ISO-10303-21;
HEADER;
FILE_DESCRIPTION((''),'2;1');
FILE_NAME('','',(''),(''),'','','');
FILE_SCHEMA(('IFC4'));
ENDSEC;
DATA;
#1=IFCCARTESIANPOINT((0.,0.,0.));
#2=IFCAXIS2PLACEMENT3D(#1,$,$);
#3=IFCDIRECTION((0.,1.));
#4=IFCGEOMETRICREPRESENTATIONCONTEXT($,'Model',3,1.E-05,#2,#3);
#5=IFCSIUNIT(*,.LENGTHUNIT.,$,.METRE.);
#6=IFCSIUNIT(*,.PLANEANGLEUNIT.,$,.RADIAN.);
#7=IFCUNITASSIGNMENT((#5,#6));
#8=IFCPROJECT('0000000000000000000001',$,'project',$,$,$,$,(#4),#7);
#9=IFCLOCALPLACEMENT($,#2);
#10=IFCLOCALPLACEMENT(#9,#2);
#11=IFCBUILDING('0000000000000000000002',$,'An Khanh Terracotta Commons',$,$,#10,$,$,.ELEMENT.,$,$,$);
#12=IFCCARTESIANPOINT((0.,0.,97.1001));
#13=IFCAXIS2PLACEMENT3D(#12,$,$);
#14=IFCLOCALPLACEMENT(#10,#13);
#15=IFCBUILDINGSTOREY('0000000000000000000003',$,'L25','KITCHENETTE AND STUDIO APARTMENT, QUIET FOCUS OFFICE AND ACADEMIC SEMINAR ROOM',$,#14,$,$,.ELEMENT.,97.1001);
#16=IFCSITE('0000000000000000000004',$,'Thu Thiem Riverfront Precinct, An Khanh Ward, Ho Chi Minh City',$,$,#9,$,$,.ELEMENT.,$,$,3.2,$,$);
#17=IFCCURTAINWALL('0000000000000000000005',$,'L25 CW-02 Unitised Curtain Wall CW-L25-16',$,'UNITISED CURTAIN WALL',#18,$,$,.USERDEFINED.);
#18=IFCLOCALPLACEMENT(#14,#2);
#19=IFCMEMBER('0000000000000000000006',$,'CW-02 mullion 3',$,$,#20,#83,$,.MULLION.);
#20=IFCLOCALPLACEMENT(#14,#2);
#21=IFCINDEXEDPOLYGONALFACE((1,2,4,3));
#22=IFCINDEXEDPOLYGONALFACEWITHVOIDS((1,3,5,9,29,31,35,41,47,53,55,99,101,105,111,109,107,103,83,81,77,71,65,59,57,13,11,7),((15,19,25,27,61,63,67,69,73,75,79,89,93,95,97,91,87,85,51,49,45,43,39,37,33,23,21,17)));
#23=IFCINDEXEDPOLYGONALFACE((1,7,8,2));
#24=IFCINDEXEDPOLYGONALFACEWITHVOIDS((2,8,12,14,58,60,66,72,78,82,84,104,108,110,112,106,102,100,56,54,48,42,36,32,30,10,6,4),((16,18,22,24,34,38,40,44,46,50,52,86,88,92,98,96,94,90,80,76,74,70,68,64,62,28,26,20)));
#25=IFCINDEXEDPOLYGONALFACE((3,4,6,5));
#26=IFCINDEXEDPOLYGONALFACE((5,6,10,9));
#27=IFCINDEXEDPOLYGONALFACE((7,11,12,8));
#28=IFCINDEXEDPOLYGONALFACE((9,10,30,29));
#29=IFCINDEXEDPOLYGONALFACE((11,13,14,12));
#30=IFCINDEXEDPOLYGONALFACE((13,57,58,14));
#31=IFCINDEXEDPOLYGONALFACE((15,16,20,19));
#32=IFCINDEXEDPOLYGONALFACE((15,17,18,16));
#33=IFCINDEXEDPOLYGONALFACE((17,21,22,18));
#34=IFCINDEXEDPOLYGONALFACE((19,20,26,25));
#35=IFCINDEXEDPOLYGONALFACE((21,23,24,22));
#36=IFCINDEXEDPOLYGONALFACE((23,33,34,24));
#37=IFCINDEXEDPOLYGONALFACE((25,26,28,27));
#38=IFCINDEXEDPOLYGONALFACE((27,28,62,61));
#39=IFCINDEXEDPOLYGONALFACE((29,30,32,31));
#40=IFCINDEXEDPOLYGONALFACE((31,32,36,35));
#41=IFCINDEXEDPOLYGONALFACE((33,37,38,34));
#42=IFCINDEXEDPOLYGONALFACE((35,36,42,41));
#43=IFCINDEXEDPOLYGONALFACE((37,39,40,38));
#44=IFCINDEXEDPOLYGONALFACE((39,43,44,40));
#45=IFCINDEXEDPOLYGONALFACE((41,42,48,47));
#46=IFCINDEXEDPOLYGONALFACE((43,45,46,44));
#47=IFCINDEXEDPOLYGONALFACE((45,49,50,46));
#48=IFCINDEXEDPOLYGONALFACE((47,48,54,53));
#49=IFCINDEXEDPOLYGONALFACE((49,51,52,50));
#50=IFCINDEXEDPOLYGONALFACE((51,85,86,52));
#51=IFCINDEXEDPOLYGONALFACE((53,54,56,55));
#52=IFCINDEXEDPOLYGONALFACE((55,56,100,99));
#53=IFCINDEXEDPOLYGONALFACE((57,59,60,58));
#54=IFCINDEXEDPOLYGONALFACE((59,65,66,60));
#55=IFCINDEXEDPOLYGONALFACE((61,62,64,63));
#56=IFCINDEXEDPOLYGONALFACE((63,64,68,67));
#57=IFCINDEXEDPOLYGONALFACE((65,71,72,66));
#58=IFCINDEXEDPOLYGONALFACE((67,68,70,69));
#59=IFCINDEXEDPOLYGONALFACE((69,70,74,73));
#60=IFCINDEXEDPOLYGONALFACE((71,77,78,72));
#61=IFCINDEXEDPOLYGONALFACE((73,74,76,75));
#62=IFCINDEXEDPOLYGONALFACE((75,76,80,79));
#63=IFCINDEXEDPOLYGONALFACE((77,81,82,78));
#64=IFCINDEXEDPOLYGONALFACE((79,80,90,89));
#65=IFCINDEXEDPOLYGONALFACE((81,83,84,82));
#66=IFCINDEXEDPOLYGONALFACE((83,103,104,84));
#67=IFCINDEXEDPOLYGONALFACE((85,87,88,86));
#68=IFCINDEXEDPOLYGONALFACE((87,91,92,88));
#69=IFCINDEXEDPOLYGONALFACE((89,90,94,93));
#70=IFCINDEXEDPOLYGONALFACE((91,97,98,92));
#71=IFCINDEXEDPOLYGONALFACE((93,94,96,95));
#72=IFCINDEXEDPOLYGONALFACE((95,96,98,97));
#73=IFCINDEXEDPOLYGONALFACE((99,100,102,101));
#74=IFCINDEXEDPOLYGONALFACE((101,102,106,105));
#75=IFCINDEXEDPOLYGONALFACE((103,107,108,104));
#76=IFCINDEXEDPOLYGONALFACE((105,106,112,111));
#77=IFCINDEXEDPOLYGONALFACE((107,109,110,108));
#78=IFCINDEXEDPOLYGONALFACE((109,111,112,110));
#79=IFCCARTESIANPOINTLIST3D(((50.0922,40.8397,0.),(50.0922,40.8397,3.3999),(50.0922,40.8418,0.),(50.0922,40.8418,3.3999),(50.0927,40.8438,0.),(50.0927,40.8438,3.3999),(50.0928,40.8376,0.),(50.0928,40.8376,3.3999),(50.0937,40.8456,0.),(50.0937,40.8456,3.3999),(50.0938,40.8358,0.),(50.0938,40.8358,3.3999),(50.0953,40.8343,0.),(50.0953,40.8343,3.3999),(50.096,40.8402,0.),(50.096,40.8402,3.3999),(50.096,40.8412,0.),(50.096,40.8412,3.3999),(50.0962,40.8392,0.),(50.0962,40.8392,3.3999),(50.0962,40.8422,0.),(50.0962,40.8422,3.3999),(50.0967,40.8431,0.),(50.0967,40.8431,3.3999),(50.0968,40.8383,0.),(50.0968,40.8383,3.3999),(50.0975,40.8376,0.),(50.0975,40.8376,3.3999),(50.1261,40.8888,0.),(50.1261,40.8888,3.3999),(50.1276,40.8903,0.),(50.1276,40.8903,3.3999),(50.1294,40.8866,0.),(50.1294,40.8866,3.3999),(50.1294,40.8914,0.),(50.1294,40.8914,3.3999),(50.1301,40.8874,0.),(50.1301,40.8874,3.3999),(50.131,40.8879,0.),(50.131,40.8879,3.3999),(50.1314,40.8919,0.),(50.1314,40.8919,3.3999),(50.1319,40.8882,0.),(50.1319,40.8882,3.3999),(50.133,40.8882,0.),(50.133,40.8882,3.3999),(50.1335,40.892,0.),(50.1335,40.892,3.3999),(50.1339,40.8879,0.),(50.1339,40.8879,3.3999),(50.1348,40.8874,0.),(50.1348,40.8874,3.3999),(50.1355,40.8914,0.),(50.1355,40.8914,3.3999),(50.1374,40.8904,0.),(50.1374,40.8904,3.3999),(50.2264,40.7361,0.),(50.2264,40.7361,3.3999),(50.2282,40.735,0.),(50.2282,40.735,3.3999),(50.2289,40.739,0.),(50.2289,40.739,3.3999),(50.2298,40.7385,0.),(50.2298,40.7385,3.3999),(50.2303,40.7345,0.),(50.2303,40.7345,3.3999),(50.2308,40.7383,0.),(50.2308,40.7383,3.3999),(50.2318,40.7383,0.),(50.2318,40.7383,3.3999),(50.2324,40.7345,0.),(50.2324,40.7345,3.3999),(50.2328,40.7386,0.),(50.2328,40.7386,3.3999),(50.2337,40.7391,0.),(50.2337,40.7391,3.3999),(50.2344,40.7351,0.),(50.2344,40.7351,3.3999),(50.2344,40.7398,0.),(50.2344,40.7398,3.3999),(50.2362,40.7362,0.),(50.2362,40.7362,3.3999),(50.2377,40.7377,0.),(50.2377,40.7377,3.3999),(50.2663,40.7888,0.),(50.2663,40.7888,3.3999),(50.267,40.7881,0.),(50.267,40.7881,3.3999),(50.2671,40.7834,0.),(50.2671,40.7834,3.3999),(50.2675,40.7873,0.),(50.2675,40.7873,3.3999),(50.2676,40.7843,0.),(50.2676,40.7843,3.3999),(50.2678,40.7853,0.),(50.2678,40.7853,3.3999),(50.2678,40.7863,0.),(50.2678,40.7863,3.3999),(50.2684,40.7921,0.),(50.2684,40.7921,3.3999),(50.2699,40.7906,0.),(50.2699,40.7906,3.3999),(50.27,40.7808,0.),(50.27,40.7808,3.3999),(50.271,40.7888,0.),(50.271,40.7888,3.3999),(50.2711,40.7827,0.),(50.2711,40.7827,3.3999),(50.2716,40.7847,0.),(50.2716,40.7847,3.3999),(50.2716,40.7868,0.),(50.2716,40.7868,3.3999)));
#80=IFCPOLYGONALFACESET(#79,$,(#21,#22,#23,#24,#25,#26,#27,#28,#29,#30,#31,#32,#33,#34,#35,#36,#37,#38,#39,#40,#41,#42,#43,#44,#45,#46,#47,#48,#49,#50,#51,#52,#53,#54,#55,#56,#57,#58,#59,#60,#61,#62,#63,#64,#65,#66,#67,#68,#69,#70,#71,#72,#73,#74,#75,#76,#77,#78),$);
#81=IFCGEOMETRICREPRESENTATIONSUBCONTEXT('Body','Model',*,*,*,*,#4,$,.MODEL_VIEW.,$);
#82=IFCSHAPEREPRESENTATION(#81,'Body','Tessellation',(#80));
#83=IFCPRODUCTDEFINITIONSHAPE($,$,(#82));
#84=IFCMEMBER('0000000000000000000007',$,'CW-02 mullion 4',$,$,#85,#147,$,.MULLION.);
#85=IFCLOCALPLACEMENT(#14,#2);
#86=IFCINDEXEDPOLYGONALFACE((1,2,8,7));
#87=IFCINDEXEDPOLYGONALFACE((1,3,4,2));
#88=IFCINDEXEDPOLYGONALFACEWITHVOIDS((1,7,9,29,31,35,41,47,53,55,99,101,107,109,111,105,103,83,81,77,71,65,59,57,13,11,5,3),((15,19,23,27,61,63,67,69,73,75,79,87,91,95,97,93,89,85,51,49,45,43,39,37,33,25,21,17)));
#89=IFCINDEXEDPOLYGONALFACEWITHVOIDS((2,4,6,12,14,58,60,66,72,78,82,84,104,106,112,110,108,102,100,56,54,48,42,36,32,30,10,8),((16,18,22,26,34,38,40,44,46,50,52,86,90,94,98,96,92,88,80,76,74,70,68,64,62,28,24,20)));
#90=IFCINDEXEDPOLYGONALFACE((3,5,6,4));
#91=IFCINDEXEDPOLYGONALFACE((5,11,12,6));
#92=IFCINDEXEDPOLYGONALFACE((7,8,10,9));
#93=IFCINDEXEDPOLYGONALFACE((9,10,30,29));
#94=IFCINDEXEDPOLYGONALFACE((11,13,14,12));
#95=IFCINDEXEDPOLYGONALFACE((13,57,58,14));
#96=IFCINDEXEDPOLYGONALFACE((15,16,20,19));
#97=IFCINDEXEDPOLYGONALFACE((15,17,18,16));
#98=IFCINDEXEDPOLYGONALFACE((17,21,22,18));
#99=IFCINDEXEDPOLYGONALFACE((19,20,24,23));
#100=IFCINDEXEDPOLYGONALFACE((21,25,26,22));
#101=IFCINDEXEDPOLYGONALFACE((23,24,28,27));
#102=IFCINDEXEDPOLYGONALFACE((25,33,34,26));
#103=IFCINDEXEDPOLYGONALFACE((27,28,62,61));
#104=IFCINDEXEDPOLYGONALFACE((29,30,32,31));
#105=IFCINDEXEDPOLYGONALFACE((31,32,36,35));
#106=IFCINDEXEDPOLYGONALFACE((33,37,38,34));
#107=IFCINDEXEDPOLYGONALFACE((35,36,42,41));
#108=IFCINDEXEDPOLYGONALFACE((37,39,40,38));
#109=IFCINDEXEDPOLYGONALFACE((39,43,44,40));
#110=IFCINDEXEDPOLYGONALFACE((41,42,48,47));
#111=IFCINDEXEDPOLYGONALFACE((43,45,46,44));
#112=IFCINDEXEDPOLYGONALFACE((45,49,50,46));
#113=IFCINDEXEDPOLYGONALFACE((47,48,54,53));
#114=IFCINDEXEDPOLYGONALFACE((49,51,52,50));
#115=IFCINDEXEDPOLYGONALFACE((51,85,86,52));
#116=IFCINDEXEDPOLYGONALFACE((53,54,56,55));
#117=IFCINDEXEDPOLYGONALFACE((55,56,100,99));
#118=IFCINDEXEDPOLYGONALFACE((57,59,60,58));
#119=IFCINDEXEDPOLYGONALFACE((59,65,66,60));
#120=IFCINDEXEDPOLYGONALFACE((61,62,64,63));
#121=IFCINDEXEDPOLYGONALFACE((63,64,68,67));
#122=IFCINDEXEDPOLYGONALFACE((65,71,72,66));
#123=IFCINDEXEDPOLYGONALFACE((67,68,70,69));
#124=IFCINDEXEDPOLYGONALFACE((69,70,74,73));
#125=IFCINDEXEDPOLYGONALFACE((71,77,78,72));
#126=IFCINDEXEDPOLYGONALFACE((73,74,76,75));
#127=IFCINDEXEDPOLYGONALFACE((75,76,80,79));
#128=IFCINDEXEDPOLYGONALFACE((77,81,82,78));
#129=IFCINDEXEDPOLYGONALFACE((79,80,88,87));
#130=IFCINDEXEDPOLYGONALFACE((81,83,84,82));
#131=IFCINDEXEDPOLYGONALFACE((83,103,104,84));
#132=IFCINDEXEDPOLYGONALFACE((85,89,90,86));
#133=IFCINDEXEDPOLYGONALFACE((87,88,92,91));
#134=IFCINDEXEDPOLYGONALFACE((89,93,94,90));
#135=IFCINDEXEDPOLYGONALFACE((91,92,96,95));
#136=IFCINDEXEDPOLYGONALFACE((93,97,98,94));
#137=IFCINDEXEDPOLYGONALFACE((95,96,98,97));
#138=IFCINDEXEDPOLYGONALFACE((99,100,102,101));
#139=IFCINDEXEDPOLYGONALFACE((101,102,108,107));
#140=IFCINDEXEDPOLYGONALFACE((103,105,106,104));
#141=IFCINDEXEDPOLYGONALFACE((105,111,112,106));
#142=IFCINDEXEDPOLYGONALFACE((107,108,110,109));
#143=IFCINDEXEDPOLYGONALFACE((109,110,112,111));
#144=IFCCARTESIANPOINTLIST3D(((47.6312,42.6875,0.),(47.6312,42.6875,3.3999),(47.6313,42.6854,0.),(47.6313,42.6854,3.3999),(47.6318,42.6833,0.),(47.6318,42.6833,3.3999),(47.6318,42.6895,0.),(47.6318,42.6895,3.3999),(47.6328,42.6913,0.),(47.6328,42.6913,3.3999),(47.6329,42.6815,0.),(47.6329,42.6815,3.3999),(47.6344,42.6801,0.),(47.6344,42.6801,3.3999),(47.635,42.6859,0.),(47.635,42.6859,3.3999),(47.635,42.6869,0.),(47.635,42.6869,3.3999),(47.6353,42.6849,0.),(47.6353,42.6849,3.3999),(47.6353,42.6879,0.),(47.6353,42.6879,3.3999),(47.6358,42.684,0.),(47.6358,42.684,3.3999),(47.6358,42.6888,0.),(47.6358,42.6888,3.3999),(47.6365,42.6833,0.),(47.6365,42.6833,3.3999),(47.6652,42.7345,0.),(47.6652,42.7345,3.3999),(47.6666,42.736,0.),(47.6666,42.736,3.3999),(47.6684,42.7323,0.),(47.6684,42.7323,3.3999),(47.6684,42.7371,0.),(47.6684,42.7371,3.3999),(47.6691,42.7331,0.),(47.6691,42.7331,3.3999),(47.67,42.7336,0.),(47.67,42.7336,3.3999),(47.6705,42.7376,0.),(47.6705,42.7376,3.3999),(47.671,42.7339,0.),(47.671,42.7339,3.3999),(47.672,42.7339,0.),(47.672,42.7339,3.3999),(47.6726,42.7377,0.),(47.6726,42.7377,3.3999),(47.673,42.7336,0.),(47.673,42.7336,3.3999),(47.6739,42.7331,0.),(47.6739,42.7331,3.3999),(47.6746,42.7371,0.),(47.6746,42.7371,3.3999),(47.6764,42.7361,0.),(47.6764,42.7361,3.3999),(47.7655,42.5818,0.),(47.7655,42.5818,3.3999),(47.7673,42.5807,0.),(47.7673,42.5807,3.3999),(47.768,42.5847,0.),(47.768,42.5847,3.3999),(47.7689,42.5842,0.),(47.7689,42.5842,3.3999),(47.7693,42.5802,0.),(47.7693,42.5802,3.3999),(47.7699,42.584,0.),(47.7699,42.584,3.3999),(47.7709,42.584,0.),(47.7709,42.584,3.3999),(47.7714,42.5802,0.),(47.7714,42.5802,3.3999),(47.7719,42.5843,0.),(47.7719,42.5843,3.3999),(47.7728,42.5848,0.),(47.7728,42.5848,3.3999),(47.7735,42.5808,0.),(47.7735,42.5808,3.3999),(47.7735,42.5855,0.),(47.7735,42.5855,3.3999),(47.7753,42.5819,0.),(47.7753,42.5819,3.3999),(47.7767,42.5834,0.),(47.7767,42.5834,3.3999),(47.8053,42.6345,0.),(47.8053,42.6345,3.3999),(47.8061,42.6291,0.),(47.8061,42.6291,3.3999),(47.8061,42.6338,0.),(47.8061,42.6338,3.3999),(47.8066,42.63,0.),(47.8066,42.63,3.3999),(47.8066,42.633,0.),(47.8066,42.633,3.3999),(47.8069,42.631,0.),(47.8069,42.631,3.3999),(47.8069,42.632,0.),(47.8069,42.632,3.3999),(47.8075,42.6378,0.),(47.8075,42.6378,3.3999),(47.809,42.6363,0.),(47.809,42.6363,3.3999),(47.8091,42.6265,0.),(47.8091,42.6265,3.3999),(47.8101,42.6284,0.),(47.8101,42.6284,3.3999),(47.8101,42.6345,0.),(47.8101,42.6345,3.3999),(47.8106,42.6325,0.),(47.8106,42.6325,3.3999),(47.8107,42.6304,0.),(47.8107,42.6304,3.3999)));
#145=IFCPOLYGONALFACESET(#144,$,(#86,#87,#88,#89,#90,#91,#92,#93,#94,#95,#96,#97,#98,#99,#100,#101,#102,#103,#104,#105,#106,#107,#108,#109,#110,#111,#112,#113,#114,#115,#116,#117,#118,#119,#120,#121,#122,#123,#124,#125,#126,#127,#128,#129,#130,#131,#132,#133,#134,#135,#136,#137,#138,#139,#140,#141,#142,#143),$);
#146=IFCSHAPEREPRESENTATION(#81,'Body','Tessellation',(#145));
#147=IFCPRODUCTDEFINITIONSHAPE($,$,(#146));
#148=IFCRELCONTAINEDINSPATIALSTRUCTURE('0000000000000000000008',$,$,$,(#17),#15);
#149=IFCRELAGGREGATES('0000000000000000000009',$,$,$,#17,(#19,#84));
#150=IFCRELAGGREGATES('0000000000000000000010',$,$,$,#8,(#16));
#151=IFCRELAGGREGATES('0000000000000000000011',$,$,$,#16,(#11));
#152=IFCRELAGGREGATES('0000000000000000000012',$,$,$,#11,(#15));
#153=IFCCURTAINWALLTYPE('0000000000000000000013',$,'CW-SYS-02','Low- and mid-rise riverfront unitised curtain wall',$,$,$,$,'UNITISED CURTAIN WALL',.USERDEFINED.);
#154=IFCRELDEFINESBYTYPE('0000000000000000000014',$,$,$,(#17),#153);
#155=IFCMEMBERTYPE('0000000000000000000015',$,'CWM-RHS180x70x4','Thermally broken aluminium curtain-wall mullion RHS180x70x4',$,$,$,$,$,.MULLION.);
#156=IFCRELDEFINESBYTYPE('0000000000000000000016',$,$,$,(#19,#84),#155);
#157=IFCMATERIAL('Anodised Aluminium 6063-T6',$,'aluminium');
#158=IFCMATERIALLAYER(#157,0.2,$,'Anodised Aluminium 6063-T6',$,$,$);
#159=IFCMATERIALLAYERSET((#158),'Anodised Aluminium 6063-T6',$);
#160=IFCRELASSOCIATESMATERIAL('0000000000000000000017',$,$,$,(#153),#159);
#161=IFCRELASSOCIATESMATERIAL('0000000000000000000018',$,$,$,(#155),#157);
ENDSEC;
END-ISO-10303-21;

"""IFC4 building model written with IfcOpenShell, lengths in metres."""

from ifc_helpers import new_model, si_unit, direction, frame, origin, origin_2d, place, context, subcontext, project, spatial, hollow_rectangle, extrude, material, layer, layer_set, material_profile, profile_set, type_object, element, aggregate, save


model = new_model("IFC4")

# Units and contexts
model_context = context("Model", 3, precision=1e-05, world=origin(), true_north=direction((0.0, 1.0)))
body_context = subcontext(model_context, "Body", "Model", "MODEL_VIEW")
ifc_project = project(units=[si_unit("LENGTHUNIT", "METRE"), si_unit("PLANEANGLEUNIT", "RADIAN")], contexts=[model_context])

# Site, building, storey
site_placement = place(None, origin())
site = spatial("IfcSite", under=ifc_project, at=site_placement, Name="Thu Thiem Riverfront Precinct, An Khanh Ward, Ho Chi Minh City", CompositionType="ELEMENT", RefElevation=3.2)
building_placement = place(site_placement, origin())
building = spatial("IfcBuilding", under=site, at=building_placement, Name="An Khanh Terracotta Commons", CompositionType="ELEMENT")
storey_placement = place(building_placement, frame((0.0, 0.0, 97.1001)))
storey = spatial("IfcBuildingStorey", under=building, at=storey_placement, Name="L25", Description="KITCHENETTE AND STUDIO APARTMENT, QUIET FOCUS OFFICE AND ACADEMIC SEMINAR ROOM", CompositionType="ELEMENT", Elevation=97.1001)

# Curtain wall, members
ifc_material_1 = material(Name="Anodised Aluminium 6063-T6", Category="aluminium")
ifc_layer_1 = layer(ifc_material_1, 0.2, Name="Anodised Aluminium 6063-T6")
ifc_layer_set_1 = layer_set([ifc_layer_1], Name="Anodised Aluminium 6063-T6")
curtain_wall_type = type_object("IfcCurtainWallType", Name="CW-SYS-02", Description="Low- and mid-rise riverfront unitised curtain wall", ElementType="UNITISED CURTAIN WALL", PredefinedType="USERDEFINED", material=ifc_layer_set_1)
curtain_wall_placement = place(storey_placement, origin())
curtain_wall = element("IfcCurtainWall", 1, at=curtain_wall_placement, inside=storey, type_object=curtain_wall_type, Name="L25 CW-02 Unitised Curtain Wall CW-L25-16", ObjectType="UNITISED CURTAIN WALL", PredefinedType="USERDEFINED")
ifc_material_profile_1 = material_profile(ifc_material_1, hollow_rectangle(XDim=0.0701, YDim=0.1799, WallThickness=0.0039, InnerFilletRadius=0.0039, OuterFilletRadius=0.0081, at=origin_2d()), Name="RHS180x70x4")
ifc_profile_set_1 = profile_set([ifc_material_profile_1], Name="Anodised Aluminium 6063-T6")
member_type_1 = type_object("IfcMemberType", Name="CWM-RHS180x70x4", Description="Thermally broken aluminium curtain-wall mullion RHS180x70x4", PredefinedType="MULLION", material=ifc_profile_set_1)
member_1_placement = place(storey_placement, frame((50.1819, 40.8132, 0.0), z_axis=(0.0, 0.0, 1.0), x_axis=(-0.599983, -0.800013, 0.0)))
member_1 = element("IfcMember", 2, at=member_1_placement, type_object=member_type_1, Name="CW-02 mullion 3", PredefinedType="MULLION", context=body_context, shape_type="SweptSolid", body=[
    extrude(hollow_rectangle(XDim=0.0701, YDim=0.1799, WallThickness=0.0039, InnerFilletRadius=0.0039, OuterFilletRadius=0.0081, at=origin_2d()), origin(), (0.0, 0.0, 1.0), 3.3999),
])
member_2_placement = place(storey_placement, frame((47.7209, 42.6589, 0.0), z_axis=(0.0, 0.0, 1.0), x_axis=(-0.599983, -0.800013, 0.0)))
member_2 = element("IfcMember", 3, at=member_2_placement, type_object=member_type_1, Name="CW-02 mullion 4", PredefinedType="MULLION", context=body_context, shape_type="SweptSolid", body=[
    extrude(hollow_rectangle(XDim=0.0701, YDim=0.1799, WallThickness=0.0039, InnerFilletRadius=0.0039, OuterFilletRadius=0.0081, at=origin_2d()), origin(), (0.0, 0.0, 1.0), 3.3999),
])
aggregate(curtain_wall, [member_1, member_2])

save(model, "model.ifc")
